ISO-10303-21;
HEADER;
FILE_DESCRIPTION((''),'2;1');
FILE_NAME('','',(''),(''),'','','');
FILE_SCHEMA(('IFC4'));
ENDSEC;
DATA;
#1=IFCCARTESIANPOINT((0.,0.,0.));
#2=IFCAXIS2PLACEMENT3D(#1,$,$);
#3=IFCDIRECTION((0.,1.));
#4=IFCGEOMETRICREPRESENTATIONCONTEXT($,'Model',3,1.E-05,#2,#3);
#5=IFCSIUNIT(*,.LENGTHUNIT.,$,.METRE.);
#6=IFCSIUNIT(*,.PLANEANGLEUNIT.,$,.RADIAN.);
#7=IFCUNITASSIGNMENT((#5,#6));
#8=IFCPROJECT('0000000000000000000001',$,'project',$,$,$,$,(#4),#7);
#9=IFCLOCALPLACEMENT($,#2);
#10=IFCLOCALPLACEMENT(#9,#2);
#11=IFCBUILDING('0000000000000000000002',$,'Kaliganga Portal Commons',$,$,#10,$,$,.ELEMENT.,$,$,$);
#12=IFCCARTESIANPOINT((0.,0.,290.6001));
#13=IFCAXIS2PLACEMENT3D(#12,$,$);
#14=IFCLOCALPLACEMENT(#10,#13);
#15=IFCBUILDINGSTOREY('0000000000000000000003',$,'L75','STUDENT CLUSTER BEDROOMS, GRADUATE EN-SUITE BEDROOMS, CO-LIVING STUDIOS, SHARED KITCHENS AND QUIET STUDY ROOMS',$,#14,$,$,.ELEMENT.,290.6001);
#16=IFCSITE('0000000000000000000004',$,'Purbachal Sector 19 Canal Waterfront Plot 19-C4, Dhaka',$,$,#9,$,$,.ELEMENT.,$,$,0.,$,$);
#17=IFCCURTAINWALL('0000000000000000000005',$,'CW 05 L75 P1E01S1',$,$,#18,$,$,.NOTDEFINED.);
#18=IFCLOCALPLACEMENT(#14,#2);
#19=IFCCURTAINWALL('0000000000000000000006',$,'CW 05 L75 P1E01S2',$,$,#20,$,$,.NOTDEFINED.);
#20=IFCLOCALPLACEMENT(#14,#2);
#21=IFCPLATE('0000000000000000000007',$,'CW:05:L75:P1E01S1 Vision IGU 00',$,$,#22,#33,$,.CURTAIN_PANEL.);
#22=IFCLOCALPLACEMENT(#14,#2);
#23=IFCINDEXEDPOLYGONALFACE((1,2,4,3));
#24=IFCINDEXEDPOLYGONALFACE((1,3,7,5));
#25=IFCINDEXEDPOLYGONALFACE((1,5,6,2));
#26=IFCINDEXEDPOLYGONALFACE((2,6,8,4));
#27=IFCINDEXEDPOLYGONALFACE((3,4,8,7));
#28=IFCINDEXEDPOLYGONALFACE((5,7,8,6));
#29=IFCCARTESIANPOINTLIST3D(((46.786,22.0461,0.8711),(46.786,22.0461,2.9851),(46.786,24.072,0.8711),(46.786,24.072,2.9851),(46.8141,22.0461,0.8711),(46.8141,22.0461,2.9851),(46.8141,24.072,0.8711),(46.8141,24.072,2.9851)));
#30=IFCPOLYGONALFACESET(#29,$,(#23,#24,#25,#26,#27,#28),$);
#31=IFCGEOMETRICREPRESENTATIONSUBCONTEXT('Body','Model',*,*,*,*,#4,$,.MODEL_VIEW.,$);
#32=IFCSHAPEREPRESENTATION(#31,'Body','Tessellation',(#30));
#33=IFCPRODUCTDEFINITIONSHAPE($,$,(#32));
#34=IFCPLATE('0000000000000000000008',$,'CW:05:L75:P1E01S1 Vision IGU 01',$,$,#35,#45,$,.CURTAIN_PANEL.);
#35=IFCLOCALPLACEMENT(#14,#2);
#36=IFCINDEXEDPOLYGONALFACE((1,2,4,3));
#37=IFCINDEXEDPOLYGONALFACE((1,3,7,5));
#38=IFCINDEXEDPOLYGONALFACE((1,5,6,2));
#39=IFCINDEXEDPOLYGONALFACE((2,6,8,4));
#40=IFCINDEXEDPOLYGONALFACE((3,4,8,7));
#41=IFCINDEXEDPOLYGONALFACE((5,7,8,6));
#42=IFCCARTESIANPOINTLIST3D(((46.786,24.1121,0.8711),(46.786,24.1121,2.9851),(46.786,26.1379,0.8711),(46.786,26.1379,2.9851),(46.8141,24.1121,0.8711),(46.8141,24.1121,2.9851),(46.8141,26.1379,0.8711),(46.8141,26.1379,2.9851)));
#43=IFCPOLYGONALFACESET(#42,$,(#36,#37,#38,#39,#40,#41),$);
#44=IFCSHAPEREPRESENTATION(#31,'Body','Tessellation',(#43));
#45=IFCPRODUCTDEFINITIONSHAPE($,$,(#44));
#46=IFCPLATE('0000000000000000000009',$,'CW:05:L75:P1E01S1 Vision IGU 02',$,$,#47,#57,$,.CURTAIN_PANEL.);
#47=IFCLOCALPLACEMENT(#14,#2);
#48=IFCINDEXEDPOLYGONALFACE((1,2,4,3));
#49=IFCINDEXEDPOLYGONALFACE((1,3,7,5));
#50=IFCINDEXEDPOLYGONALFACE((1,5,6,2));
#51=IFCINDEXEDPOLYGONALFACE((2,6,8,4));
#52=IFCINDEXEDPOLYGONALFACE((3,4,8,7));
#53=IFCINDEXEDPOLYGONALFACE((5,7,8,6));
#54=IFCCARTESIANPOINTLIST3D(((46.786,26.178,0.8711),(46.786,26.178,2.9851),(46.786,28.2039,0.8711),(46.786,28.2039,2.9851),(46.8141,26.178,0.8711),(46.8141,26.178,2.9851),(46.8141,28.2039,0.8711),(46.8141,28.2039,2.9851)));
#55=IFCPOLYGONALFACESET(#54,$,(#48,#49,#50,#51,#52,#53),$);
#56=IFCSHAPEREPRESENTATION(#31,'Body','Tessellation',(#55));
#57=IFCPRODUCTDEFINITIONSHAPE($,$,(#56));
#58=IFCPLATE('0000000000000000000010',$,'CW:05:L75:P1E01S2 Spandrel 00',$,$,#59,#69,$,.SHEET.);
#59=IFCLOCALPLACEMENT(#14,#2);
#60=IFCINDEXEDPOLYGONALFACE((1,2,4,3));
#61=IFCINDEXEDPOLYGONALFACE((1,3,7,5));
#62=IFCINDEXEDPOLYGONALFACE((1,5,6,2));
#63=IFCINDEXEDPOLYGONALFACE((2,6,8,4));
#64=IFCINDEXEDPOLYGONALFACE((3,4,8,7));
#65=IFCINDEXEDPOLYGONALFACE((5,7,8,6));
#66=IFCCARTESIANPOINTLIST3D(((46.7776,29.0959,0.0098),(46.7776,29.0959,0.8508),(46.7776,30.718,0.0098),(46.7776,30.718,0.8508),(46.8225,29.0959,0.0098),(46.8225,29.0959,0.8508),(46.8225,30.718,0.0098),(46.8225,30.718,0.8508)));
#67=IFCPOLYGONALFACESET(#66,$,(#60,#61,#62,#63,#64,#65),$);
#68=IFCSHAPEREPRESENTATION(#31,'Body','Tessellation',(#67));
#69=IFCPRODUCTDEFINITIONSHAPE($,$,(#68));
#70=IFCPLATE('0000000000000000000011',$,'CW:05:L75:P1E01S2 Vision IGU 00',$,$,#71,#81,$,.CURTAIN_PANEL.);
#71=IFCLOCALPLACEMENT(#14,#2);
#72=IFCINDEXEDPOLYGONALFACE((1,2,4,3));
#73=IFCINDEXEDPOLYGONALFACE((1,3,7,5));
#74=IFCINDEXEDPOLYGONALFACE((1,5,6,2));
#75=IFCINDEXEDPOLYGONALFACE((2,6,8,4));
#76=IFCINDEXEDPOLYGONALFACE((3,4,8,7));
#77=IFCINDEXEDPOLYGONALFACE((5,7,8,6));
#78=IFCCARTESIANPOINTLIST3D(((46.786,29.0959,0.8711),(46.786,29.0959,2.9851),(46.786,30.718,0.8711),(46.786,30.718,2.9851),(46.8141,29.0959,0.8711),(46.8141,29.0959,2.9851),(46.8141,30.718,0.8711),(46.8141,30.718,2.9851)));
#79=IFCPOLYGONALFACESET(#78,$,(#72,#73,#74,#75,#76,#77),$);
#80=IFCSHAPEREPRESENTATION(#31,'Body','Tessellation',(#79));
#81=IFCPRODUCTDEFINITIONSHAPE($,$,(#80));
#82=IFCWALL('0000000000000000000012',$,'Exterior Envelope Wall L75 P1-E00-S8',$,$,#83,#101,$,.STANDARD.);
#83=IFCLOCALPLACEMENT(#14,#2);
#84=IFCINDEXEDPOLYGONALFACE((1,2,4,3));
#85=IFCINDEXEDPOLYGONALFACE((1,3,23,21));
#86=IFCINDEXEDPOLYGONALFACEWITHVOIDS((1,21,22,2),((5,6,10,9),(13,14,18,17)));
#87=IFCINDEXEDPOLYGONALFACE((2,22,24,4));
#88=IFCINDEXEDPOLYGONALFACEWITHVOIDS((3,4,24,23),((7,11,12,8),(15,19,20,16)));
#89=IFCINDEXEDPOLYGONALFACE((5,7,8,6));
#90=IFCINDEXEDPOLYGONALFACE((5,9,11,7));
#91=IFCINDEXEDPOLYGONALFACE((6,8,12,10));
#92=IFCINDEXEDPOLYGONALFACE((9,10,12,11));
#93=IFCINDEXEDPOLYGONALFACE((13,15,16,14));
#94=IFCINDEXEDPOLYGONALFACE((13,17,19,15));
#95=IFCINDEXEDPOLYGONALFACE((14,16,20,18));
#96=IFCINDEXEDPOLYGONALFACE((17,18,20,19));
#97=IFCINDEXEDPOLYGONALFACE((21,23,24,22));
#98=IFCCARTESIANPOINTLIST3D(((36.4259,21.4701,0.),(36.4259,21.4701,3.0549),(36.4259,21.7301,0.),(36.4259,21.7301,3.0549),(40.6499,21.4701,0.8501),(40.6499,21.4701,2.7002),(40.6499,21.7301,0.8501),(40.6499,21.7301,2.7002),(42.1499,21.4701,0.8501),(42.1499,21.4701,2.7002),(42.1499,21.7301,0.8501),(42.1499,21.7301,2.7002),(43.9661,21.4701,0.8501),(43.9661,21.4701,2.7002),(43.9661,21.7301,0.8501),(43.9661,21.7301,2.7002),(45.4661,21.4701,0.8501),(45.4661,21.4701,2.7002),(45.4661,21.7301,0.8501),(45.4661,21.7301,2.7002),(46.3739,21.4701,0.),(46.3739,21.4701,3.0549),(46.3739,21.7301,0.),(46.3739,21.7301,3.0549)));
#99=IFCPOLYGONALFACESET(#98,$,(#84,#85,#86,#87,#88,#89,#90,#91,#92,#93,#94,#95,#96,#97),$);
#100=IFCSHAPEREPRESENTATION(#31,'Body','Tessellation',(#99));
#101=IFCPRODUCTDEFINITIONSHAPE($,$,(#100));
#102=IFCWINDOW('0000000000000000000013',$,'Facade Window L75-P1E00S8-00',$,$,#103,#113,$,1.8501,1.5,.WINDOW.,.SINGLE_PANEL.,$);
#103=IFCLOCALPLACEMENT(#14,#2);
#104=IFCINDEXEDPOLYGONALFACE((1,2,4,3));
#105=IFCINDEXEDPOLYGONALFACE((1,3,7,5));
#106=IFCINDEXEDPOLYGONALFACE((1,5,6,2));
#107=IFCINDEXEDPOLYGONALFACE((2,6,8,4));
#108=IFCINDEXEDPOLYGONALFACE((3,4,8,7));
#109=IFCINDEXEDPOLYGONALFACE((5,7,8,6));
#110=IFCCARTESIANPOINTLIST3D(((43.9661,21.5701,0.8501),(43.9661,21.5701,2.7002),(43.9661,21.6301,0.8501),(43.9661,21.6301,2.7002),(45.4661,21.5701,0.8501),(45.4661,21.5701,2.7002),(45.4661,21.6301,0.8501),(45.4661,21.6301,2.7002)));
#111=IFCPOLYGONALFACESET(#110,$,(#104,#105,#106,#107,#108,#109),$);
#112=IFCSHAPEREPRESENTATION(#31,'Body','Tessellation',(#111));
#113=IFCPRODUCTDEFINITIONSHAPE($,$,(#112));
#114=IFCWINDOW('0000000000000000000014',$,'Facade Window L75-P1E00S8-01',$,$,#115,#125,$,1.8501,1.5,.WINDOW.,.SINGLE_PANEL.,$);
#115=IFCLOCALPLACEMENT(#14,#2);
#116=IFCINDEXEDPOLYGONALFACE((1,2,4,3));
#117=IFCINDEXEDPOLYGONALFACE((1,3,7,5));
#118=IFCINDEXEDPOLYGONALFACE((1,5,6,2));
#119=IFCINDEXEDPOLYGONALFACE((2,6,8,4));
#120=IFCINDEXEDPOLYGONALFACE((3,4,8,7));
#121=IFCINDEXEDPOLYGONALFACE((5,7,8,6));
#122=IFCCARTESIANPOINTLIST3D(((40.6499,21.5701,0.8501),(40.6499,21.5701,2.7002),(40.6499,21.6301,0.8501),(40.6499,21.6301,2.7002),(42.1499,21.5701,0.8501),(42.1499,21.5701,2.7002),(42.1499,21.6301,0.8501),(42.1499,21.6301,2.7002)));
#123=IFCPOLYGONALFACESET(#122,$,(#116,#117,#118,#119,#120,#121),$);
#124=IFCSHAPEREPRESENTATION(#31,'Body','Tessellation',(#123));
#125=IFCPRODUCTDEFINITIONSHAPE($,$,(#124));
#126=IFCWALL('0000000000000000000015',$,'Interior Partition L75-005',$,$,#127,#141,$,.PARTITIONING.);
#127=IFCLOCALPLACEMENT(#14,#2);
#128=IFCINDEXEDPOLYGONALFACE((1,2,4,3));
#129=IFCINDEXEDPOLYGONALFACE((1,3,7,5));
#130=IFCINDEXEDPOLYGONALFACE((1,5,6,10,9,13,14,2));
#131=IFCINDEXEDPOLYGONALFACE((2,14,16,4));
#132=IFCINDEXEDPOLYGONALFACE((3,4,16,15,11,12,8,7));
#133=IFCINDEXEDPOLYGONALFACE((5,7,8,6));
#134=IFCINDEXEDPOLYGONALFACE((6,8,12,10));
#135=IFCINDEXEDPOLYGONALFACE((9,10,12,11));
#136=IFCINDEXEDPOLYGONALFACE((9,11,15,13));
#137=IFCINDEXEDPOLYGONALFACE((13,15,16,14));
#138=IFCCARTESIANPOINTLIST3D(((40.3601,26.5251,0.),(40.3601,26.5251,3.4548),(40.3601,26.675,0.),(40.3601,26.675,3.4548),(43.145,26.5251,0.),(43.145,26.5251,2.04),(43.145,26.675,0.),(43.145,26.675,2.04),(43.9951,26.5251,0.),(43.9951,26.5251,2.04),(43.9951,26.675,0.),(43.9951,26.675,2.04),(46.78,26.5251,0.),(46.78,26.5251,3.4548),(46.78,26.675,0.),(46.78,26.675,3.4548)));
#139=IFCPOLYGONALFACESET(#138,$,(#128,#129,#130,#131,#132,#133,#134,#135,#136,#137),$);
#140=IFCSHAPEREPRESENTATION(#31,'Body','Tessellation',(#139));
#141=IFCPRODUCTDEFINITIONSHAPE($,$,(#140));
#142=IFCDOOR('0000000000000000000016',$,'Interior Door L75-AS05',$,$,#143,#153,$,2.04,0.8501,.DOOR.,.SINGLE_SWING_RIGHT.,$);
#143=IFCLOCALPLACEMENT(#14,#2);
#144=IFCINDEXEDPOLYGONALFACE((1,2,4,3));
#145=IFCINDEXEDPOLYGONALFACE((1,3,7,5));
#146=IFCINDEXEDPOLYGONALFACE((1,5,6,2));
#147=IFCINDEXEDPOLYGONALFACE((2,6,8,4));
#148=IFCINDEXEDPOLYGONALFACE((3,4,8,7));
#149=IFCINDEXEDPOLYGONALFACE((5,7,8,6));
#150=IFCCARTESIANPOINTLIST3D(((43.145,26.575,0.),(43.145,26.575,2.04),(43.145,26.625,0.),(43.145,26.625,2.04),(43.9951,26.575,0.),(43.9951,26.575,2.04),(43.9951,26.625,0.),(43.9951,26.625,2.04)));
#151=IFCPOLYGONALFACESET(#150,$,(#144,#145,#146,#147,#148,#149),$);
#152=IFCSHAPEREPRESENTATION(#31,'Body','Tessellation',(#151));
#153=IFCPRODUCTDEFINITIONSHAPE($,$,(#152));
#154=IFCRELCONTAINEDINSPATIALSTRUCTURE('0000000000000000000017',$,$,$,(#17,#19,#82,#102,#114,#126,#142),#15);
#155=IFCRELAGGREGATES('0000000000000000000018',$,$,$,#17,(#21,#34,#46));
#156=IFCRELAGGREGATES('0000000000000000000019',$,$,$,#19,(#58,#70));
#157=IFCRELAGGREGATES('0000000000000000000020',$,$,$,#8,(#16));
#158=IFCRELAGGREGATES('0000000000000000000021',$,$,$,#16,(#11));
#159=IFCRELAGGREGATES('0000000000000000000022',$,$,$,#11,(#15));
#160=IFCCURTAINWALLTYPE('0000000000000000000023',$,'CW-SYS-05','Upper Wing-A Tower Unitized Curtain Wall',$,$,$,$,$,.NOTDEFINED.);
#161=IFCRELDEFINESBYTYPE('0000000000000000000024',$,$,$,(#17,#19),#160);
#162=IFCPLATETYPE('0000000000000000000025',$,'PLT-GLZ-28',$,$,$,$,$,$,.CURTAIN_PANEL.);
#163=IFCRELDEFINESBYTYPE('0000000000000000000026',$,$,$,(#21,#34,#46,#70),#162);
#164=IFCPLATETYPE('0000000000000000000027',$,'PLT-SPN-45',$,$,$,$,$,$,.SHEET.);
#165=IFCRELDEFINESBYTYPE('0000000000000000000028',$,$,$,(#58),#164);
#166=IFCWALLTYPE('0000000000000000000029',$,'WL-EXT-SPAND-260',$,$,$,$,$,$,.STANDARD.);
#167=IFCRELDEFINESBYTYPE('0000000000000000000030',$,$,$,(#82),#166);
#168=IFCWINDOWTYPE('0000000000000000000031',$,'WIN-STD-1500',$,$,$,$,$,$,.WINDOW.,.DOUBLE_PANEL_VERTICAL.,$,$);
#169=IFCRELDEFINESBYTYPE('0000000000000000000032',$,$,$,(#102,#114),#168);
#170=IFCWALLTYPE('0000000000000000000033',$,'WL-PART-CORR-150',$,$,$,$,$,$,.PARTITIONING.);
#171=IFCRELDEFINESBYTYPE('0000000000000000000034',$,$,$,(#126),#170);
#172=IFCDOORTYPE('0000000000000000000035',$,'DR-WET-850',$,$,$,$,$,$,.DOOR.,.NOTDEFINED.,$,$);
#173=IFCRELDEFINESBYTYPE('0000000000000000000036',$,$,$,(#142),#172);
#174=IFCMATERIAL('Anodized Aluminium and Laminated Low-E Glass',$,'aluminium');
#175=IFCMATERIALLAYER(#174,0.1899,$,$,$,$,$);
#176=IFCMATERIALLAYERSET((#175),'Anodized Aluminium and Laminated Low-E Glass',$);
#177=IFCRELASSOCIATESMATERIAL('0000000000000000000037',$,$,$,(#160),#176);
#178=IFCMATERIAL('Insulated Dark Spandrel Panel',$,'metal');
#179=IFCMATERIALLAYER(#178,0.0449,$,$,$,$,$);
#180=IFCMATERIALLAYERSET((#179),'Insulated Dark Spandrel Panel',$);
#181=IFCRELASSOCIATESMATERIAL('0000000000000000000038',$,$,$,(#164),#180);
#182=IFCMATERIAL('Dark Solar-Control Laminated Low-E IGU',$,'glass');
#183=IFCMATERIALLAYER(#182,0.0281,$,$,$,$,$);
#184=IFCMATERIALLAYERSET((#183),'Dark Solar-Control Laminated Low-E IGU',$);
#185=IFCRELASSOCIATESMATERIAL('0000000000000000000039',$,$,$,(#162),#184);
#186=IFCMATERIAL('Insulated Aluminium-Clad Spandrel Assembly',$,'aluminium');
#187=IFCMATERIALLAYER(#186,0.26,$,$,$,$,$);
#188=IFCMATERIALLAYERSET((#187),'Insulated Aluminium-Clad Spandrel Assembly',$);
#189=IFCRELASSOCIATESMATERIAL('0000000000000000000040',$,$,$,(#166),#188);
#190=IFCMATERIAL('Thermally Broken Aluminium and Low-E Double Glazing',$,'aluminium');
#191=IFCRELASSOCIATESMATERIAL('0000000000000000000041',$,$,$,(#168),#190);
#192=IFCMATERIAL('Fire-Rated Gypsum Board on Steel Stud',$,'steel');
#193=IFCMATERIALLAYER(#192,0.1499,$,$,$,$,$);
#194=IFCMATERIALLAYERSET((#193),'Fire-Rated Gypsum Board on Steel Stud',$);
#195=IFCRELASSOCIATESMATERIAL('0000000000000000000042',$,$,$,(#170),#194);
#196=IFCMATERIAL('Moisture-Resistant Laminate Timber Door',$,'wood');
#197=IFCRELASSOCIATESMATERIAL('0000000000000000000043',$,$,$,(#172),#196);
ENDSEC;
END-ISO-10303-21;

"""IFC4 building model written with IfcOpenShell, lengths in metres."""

from ifc_helpers import new_model, si_unit, direction, frame, frame_2d, origin, origin_2d, place, context, subcontext, project, spatial, rectangle, extrude, source, transform, mapped, material, layer, layer_set, type_object, element, fill, aggregate, save


model = new_model("IFC4")

# Units and contexts
model_context = context("Model", 3, precision=1e-05, world=origin(), true_north=direction((0.0, 1.0)))
body_context = subcontext(model_context, "Body", "Model", "MODEL_VIEW")
ifc_project = project(units=[si_unit("LENGTHUNIT", "METRE"), si_unit("PLANEANGLEUNIT", "RADIAN")], contexts=[model_context])

# Site, building, storey
site_placement = place(None, origin())
site = spatial("IfcSite", under=ifc_project, at=site_placement, Name="Purbachal Sector 19 Canal Waterfront Plot 19-C4, Dhaka", CompositionType="ELEMENT", RefElevation=0.0)
building_placement = place(site_placement, origin())
building = spatial("IfcBuilding", under=site, at=building_placement, Name="Kaliganga Portal Commons", CompositionType="ELEMENT")
storey_placement = place(building_placement, frame((0.0, 0.0, 290.6001)))
storey = spatial("IfcBuildingStorey", under=building, at=storey_placement, Name="L75", Description="STUDENT CLUSTER BEDROOMS, GRADUATE EN-SUITE BEDROOMS, CO-LIVING STUDIOS, SHARED KITCHENS AND QUIET STUDY ROOMS", CompositionType="ELEMENT", Elevation=290.6001)

# Curtain wall
ifc_material_1 = material(Name="Anodized Aluminium and Laminated Low-E Glass", Category="aluminium")
ifc_layer_1 = layer(ifc_material_1, 0.1899)
ifc_layer_set_1 = layer_set([ifc_layer_1], Name="Anodized Aluminium and Laminated Low-E Glass")
curtain_wall_type = type_object("IfcCurtainWallType", Name="CW-SYS-05", Description="Upper Wing-A Tower Unitized Curtain Wall", PredefinedType="NOTDEFINED", material=ifc_layer_set_1)
curtain_wall_1_placement = place(storey_placement, origin())
curtain_wall_1 = element("IfcCurtainWall", 1, at=curtain_wall_1_placement, inside=storey, type_object=curtain_wall_type, Name="CW 05 L75 P1E01S1", PredefinedType="NOTDEFINED")

# Curtain wall
curtain_wall_2_placement = place(storey_placement, origin())
curtain_wall_2 = element("IfcCurtainWall", 2, at=curtain_wall_2_placement, inside=storey, type_object=curtain_wall_type, Name="CW 05 L75 P1E01S2", PredefinedType="NOTDEFINED")

# Plates
ifc_material_2 = material(Name="Insulated Dark Spandrel Panel", Category="metal")
ifc_layer_2 = layer(ifc_material_2, 0.0449)
ifc_layer_set_2 = layer_set([ifc_layer_2], Name="Insulated Dark Spandrel Panel")
plate_type_1 = type_object("IfcPlateType", Name="PLT-SPN-45", PredefinedType="SHEET", material=ifc_layer_set_2)
ifc_material_3 = material(Name="Dark Solar-Control Laminated Low-E IGU", Category="glass")
ifc_layer_3 = layer(ifc_material_3, 0.0281)
ifc_layer_set_3 = layer_set([ifc_layer_3], Name="Dark Solar-Control Laminated Low-E IGU")
plate_type_2 = type_object("IfcPlateType", Name="PLT-GLZ-28", PredefinedType="CURTAIN_PANEL", material=ifc_layer_set_3)
shared_shape_1 = source(origin(), body_context, "Body", "SweptSolid", [
    extrude(rectangle(XDim=2.0259, YDim=0.0281, at=origin_2d()), origin(), (0.0, 0.0, 1.0), 2.114),
])
plate_1_placement = place(storey_placement, frame((46.8, 23.0591, 0.8711), z_axis=(0.0, 0.0, 1.0), x_axis=(0.0, 1.0, 0.0)))
plate_1 = element("IfcPlate", 3, at=plate_1_placement, type_object=plate_type_2, Name="CW:05:L75:P1E01S1 Vision IGU 00", PredefinedType="CURTAIN_PANEL", context=body_context, shape_type="MappedRepresentation", body=[
    mapped(shared_shape_1, transform((0.0, 0.0, 0.0), x_axis=(1.0, 0.0, 0.0), y_axis=(0.0, 1.0, 0.0), z_axis=(0.0, 0.0, 1.0), scale=1.0)),
])
plate_2_placement = place(storey_placement, frame((46.8, 25.125, 0.8711), z_axis=(0.0, 0.0, 1.0), x_axis=(0.0, 1.0, 0.0)))
plate_2 = element("IfcPlate", 4, at=plate_2_placement, type_object=plate_type_2, Name="CW:05:L75:P1E01S1 Vision IGU 01", PredefinedType="CURTAIN_PANEL", context=body_context, shape_type="MappedRepresentation", body=[
    mapped(shared_shape_1, transform((0.0, 0.0, 0.0), x_axis=(1.0, 0.0, 0.0), y_axis=(0.0, 1.0, 0.0), z_axis=(0.0, 0.0, 1.0), scale=1.0)),
])
plate_3_placement = place(storey_placement, frame((46.8, 27.1909, 0.8711), z_axis=(0.0, 0.0, 1.0), x_axis=(0.0, 1.0, 0.0)))
plate_3 = element("IfcPlate", 5, at=plate_3_placement, type_object=plate_type_2, Name="CW:05:L75:P1E01S1 Vision IGU 02", PredefinedType="CURTAIN_PANEL", context=body_context, shape_type="MappedRepresentation", body=[
    mapped(shared_shape_1, transform((0.0, 0.0, 0.0), x_axis=(1.0, 0.0, 0.0), y_axis=(0.0, 1.0, 0.0), z_axis=(0.0, 0.0, 1.0), scale=1.0)),
])
aggregate(curtain_wall_1, [plate_1, plate_2, plate_3])
shared_shape_2 = source(origin(), body_context, "Body", "SweptSolid", [
    extrude(rectangle(XDim=1.6221, YDim=0.0449, at=origin_2d()), origin(), (0.0, 0.0, 1.0), 0.8411),
])
plate_4_placement = place(storey_placement, frame((46.8, 29.907, 0.0098), z_axis=(0.0, 0.0, 1.0), x_axis=(0.0, 1.0, 0.0)))
plate_4 = element("IfcPlate", 6, at=plate_4_placement, type_object=plate_type_1, Name="CW:05:L75:P1E01S2 Spandrel 00", PredefinedType="SHEET", context=body_context, shape_type="MappedRepresentation", body=[
    mapped(shared_shape_2, transform((0.0, 0.0, 0.0), x_axis=(1.0, 0.0, 0.0), y_axis=(0.0, 1.0, 0.0), z_axis=(0.0, 0.0, 1.0), scale=1.0)),
])
shared_shape_3 = source(origin(), body_context, "Body", "SweptSolid", [
    extrude(rectangle(XDim=1.6221, YDim=0.0281, at=origin_2d()), origin(), (0.0, 0.0, 1.0), 2.114),
])
plate_5_placement = place(storey_placement, frame((46.8, 29.907, 0.8711), z_axis=(0.0, 0.0, 1.0), x_axis=(0.0, 1.0, 0.0)))
plate_5 = element("IfcPlate", 7, at=plate_5_placement, type_object=plate_type_2, Name="CW:05:L75:P1E01S2 Vision IGU 00", PredefinedType="CURTAIN_PANEL", context=body_context, shape_type="MappedRepresentation", body=[
    mapped(shared_shape_3, transform((0.0, 0.0, 0.0), x_axis=(1.0, 0.0, 0.0), y_axis=(0.0, 1.0, 0.0), z_axis=(0.0, 0.0, 1.0), scale=1.0)),
])
aggregate(curtain_wall_2, [plate_4, plate_5])

# Wall, openings, windows
ifc_material_4 = material(Name="Insulated Aluminium-Clad Spandrel Assembly", Category="aluminium")
ifc_layer_4 = layer(ifc_material_4, 0.26)
ifc_layer_set_4 = layer_set([ifc_layer_4], Name="Insulated Aluminium-Clad Spandrel Assembly")
wall_type_1 = type_object("IfcWallType", Name="WL-EXT-SPAND-260", PredefinedType="STANDARD", material=ifc_layer_set_4)
wall_1_placement = place(storey_placement, frame((46.374, 21.6001, 0.0), z_axis=(0.0, 0.0, 1.0), x_axis=(-1.0, 0.0, 0.0)))
wall_1 = element("IfcWall", 8, at=wall_1_placement, inside=storey, type_object=wall_type_1, Name="Exterior Envelope Wall L75 P1-E00-S8", PredefinedType="STANDARD", context=body_context, shape_type="SweptSolid", body=[
    extrude(rectangle(XDim=9.948, YDim=0.26, at=frame_2d((4.9741, 0.0))), origin(), (0.0, 0.0, 1.0), 3.0549),
])
opening_1_placement = place(wall_1_placement, frame((0.908, 0.0, 0.8501)))
opening_1 = element("IfcOpeningElement", 9, at=opening_1_placement, cuts=wall_1, PredefinedType="OPENING", context=body_context, shape_type="SweptSolid", body=[
    extrude(rectangle(XDim=1.5, YDim=1.8501, at=frame_2d((0.75, 0.925))), frame((0.0, 0.1401, 0.0), z_axis=(0.0, -1.0, 0.0), x_axis=(1.0, 0.0, 0.0)), (0.0, 0.0, 1.0), 0.28),
])
opening_2_placement = place(wall_1_placement, frame((4.2241, 0.0, 0.8501)))
opening_2 = element("IfcOpeningElement", 10, at=opening_2_placement, cuts=wall_1, PredefinedType="OPENING", context=body_context, shape_type="SweptSolid", body=[
    extrude(rectangle(XDim=1.5, YDim=1.8501, at=frame_2d((0.75, 0.925))), frame((0.0, 0.1401, 0.0), z_axis=(0.0, -1.0, 0.0), x_axis=(1.0, 0.0, 0.0)), (0.0, 0.0, 1.0), 0.28),
])
ifc_material_5 = material(Name="Thermally Broken Aluminium and Low-E Double Glazing", Category="aluminium")
window_type = type_object("IfcWindowType", Name="WIN-STD-1500", PartitioningType="DOUBLE_PANEL_VERTICAL", PredefinedType="WINDOW", material=ifc_material_5)
window_1_placement = place(opening_1_placement, origin())
window_1 = element("IfcWindow", 11, at=window_1_placement, inside=storey, type_object=window_type, Name="Facade Window L75-P1E00S8-00", OverallHeight=1.8501, OverallWidth=1.5, PartitioningType="SINGLE_PANEL", PredefinedType="WINDOW", context=body_context, shape_type="SweptSolid", body=[
    extrude(rectangle(XDim=1.5, YDim=1.8501, at=frame_2d((0.75, 0.925))), frame((0.0, 0.03, 0.0), z_axis=(0.0, -1.0, 0.0), x_axis=(1.0, 0.0, 0.0)), (0.0, 0.0, 1.0), 0.0601),
])
fill(opening_1, window_1)
window_2_placement = place(opening_2_placement, origin())
window_2 = element("IfcWindow", 12, at=window_2_placement, inside=storey, type_object=window_type, Name="Facade Window L75-P1E00S8-01", OverallHeight=1.8501, OverallWidth=1.5, PartitioningType="SINGLE_PANEL", PredefinedType="WINDOW", context=body_context, shape_type="SweptSolid", body=[
    extrude(rectangle(XDim=1.5, YDim=1.8501, at=frame_2d((0.75, 0.925))), frame((0.0, 0.03, 0.0), z_axis=(0.0, -1.0, 0.0), x_axis=(1.0, 0.0, 0.0)), (0.0, 0.0, 1.0), 0.0601),
])
fill(opening_2, window_2)

# Wall, opening, door
ifc_material_6 = material(Name="Fire-Rated Gypsum Board on Steel Stud", Category="steel")
ifc_layer_5 = layer(ifc_material_6, 0.1499)
ifc_layer_set_5 = layer_set([ifc_layer_5], Name="Fire-Rated Gypsum Board on Steel Stud")
wall_type_2 = type_object("IfcWallType", Name="WL-PART-CORR-150", PredefinedType="PARTITIONING", material=ifc_layer_set_5)
wall_2_placement = place(storey_placement, frame((40.3601, 26.6001, 0.0), z_axis=(0.0, 0.0, 1.0), x_axis=(1.0, 0.0, 0.0)))
wall_2 = element("IfcWall", 13, at=wall_2_placement, inside=storey, type_object=wall_type_2, Name="Interior Partition L75-005", PredefinedType="PARTITIONING", context=body_context, shape_type="SweptSolid", body=[
    extrude(rectangle(XDim=6.4199, YDim=0.1499, at=frame_2d((3.21, 0.0))), origin(), (0.0, 0.0, 1.0), 3.4548),
])
opening_3_placement = place(wall_2_placement, frame((2.7849, 0.0, 0.0)))
opening_3 = element("IfcOpeningElement", 14, at=opening_3_placement, cuts=wall_2, PredefinedType="OPENING", context=body_context, shape_type="SweptSolid", body=[
    extrude(rectangle(XDim=0.8501, YDim=2.04, at=frame_2d((0.425, 1.02))), frame((0.0, 0.085, 0.0), z_axis=(0.0, -1.0, 0.0), x_axis=(1.0, 0.0, 0.0)), (0.0, 0.0, 1.0), 0.1699),
])
ifc_material_7 = material(Name="Moisture-Resistant Laminate Timber Door", Category="wood")
door_type_1 = type_object("IfcDoorType", Name="DR-WET-850", OperationType="NOTDEFINED", PredefinedType="DOOR", material=ifc_material_7)
door_1_placement = place(opening_3_placement, origin())
door_1 = element("IfcDoor", 15, at=door_1_placement, inside=storey, type_object=door_type_1, Name="Interior Door L75-AS05", OperationType="SINGLE_SWING_RIGHT", OverallHeight=2.04, OverallWidth=0.8501, PredefinedType="DOOR", context=body_context, shape_type="SweptSolid", body=[
    extrude(rectangle(XDim=0.8501, YDim=2.04, at=frame_2d((0.425, 1.02))), frame((0.0, 0.0249, 0.0), z_axis=(0.0, -1.0, 0.0), x_axis=(1.0, 0.0, 0.0)), (0.0, 0.0, 1.0), 0.05),
])
fill(opening_3, door_1)

save(model, "model.ifc")
